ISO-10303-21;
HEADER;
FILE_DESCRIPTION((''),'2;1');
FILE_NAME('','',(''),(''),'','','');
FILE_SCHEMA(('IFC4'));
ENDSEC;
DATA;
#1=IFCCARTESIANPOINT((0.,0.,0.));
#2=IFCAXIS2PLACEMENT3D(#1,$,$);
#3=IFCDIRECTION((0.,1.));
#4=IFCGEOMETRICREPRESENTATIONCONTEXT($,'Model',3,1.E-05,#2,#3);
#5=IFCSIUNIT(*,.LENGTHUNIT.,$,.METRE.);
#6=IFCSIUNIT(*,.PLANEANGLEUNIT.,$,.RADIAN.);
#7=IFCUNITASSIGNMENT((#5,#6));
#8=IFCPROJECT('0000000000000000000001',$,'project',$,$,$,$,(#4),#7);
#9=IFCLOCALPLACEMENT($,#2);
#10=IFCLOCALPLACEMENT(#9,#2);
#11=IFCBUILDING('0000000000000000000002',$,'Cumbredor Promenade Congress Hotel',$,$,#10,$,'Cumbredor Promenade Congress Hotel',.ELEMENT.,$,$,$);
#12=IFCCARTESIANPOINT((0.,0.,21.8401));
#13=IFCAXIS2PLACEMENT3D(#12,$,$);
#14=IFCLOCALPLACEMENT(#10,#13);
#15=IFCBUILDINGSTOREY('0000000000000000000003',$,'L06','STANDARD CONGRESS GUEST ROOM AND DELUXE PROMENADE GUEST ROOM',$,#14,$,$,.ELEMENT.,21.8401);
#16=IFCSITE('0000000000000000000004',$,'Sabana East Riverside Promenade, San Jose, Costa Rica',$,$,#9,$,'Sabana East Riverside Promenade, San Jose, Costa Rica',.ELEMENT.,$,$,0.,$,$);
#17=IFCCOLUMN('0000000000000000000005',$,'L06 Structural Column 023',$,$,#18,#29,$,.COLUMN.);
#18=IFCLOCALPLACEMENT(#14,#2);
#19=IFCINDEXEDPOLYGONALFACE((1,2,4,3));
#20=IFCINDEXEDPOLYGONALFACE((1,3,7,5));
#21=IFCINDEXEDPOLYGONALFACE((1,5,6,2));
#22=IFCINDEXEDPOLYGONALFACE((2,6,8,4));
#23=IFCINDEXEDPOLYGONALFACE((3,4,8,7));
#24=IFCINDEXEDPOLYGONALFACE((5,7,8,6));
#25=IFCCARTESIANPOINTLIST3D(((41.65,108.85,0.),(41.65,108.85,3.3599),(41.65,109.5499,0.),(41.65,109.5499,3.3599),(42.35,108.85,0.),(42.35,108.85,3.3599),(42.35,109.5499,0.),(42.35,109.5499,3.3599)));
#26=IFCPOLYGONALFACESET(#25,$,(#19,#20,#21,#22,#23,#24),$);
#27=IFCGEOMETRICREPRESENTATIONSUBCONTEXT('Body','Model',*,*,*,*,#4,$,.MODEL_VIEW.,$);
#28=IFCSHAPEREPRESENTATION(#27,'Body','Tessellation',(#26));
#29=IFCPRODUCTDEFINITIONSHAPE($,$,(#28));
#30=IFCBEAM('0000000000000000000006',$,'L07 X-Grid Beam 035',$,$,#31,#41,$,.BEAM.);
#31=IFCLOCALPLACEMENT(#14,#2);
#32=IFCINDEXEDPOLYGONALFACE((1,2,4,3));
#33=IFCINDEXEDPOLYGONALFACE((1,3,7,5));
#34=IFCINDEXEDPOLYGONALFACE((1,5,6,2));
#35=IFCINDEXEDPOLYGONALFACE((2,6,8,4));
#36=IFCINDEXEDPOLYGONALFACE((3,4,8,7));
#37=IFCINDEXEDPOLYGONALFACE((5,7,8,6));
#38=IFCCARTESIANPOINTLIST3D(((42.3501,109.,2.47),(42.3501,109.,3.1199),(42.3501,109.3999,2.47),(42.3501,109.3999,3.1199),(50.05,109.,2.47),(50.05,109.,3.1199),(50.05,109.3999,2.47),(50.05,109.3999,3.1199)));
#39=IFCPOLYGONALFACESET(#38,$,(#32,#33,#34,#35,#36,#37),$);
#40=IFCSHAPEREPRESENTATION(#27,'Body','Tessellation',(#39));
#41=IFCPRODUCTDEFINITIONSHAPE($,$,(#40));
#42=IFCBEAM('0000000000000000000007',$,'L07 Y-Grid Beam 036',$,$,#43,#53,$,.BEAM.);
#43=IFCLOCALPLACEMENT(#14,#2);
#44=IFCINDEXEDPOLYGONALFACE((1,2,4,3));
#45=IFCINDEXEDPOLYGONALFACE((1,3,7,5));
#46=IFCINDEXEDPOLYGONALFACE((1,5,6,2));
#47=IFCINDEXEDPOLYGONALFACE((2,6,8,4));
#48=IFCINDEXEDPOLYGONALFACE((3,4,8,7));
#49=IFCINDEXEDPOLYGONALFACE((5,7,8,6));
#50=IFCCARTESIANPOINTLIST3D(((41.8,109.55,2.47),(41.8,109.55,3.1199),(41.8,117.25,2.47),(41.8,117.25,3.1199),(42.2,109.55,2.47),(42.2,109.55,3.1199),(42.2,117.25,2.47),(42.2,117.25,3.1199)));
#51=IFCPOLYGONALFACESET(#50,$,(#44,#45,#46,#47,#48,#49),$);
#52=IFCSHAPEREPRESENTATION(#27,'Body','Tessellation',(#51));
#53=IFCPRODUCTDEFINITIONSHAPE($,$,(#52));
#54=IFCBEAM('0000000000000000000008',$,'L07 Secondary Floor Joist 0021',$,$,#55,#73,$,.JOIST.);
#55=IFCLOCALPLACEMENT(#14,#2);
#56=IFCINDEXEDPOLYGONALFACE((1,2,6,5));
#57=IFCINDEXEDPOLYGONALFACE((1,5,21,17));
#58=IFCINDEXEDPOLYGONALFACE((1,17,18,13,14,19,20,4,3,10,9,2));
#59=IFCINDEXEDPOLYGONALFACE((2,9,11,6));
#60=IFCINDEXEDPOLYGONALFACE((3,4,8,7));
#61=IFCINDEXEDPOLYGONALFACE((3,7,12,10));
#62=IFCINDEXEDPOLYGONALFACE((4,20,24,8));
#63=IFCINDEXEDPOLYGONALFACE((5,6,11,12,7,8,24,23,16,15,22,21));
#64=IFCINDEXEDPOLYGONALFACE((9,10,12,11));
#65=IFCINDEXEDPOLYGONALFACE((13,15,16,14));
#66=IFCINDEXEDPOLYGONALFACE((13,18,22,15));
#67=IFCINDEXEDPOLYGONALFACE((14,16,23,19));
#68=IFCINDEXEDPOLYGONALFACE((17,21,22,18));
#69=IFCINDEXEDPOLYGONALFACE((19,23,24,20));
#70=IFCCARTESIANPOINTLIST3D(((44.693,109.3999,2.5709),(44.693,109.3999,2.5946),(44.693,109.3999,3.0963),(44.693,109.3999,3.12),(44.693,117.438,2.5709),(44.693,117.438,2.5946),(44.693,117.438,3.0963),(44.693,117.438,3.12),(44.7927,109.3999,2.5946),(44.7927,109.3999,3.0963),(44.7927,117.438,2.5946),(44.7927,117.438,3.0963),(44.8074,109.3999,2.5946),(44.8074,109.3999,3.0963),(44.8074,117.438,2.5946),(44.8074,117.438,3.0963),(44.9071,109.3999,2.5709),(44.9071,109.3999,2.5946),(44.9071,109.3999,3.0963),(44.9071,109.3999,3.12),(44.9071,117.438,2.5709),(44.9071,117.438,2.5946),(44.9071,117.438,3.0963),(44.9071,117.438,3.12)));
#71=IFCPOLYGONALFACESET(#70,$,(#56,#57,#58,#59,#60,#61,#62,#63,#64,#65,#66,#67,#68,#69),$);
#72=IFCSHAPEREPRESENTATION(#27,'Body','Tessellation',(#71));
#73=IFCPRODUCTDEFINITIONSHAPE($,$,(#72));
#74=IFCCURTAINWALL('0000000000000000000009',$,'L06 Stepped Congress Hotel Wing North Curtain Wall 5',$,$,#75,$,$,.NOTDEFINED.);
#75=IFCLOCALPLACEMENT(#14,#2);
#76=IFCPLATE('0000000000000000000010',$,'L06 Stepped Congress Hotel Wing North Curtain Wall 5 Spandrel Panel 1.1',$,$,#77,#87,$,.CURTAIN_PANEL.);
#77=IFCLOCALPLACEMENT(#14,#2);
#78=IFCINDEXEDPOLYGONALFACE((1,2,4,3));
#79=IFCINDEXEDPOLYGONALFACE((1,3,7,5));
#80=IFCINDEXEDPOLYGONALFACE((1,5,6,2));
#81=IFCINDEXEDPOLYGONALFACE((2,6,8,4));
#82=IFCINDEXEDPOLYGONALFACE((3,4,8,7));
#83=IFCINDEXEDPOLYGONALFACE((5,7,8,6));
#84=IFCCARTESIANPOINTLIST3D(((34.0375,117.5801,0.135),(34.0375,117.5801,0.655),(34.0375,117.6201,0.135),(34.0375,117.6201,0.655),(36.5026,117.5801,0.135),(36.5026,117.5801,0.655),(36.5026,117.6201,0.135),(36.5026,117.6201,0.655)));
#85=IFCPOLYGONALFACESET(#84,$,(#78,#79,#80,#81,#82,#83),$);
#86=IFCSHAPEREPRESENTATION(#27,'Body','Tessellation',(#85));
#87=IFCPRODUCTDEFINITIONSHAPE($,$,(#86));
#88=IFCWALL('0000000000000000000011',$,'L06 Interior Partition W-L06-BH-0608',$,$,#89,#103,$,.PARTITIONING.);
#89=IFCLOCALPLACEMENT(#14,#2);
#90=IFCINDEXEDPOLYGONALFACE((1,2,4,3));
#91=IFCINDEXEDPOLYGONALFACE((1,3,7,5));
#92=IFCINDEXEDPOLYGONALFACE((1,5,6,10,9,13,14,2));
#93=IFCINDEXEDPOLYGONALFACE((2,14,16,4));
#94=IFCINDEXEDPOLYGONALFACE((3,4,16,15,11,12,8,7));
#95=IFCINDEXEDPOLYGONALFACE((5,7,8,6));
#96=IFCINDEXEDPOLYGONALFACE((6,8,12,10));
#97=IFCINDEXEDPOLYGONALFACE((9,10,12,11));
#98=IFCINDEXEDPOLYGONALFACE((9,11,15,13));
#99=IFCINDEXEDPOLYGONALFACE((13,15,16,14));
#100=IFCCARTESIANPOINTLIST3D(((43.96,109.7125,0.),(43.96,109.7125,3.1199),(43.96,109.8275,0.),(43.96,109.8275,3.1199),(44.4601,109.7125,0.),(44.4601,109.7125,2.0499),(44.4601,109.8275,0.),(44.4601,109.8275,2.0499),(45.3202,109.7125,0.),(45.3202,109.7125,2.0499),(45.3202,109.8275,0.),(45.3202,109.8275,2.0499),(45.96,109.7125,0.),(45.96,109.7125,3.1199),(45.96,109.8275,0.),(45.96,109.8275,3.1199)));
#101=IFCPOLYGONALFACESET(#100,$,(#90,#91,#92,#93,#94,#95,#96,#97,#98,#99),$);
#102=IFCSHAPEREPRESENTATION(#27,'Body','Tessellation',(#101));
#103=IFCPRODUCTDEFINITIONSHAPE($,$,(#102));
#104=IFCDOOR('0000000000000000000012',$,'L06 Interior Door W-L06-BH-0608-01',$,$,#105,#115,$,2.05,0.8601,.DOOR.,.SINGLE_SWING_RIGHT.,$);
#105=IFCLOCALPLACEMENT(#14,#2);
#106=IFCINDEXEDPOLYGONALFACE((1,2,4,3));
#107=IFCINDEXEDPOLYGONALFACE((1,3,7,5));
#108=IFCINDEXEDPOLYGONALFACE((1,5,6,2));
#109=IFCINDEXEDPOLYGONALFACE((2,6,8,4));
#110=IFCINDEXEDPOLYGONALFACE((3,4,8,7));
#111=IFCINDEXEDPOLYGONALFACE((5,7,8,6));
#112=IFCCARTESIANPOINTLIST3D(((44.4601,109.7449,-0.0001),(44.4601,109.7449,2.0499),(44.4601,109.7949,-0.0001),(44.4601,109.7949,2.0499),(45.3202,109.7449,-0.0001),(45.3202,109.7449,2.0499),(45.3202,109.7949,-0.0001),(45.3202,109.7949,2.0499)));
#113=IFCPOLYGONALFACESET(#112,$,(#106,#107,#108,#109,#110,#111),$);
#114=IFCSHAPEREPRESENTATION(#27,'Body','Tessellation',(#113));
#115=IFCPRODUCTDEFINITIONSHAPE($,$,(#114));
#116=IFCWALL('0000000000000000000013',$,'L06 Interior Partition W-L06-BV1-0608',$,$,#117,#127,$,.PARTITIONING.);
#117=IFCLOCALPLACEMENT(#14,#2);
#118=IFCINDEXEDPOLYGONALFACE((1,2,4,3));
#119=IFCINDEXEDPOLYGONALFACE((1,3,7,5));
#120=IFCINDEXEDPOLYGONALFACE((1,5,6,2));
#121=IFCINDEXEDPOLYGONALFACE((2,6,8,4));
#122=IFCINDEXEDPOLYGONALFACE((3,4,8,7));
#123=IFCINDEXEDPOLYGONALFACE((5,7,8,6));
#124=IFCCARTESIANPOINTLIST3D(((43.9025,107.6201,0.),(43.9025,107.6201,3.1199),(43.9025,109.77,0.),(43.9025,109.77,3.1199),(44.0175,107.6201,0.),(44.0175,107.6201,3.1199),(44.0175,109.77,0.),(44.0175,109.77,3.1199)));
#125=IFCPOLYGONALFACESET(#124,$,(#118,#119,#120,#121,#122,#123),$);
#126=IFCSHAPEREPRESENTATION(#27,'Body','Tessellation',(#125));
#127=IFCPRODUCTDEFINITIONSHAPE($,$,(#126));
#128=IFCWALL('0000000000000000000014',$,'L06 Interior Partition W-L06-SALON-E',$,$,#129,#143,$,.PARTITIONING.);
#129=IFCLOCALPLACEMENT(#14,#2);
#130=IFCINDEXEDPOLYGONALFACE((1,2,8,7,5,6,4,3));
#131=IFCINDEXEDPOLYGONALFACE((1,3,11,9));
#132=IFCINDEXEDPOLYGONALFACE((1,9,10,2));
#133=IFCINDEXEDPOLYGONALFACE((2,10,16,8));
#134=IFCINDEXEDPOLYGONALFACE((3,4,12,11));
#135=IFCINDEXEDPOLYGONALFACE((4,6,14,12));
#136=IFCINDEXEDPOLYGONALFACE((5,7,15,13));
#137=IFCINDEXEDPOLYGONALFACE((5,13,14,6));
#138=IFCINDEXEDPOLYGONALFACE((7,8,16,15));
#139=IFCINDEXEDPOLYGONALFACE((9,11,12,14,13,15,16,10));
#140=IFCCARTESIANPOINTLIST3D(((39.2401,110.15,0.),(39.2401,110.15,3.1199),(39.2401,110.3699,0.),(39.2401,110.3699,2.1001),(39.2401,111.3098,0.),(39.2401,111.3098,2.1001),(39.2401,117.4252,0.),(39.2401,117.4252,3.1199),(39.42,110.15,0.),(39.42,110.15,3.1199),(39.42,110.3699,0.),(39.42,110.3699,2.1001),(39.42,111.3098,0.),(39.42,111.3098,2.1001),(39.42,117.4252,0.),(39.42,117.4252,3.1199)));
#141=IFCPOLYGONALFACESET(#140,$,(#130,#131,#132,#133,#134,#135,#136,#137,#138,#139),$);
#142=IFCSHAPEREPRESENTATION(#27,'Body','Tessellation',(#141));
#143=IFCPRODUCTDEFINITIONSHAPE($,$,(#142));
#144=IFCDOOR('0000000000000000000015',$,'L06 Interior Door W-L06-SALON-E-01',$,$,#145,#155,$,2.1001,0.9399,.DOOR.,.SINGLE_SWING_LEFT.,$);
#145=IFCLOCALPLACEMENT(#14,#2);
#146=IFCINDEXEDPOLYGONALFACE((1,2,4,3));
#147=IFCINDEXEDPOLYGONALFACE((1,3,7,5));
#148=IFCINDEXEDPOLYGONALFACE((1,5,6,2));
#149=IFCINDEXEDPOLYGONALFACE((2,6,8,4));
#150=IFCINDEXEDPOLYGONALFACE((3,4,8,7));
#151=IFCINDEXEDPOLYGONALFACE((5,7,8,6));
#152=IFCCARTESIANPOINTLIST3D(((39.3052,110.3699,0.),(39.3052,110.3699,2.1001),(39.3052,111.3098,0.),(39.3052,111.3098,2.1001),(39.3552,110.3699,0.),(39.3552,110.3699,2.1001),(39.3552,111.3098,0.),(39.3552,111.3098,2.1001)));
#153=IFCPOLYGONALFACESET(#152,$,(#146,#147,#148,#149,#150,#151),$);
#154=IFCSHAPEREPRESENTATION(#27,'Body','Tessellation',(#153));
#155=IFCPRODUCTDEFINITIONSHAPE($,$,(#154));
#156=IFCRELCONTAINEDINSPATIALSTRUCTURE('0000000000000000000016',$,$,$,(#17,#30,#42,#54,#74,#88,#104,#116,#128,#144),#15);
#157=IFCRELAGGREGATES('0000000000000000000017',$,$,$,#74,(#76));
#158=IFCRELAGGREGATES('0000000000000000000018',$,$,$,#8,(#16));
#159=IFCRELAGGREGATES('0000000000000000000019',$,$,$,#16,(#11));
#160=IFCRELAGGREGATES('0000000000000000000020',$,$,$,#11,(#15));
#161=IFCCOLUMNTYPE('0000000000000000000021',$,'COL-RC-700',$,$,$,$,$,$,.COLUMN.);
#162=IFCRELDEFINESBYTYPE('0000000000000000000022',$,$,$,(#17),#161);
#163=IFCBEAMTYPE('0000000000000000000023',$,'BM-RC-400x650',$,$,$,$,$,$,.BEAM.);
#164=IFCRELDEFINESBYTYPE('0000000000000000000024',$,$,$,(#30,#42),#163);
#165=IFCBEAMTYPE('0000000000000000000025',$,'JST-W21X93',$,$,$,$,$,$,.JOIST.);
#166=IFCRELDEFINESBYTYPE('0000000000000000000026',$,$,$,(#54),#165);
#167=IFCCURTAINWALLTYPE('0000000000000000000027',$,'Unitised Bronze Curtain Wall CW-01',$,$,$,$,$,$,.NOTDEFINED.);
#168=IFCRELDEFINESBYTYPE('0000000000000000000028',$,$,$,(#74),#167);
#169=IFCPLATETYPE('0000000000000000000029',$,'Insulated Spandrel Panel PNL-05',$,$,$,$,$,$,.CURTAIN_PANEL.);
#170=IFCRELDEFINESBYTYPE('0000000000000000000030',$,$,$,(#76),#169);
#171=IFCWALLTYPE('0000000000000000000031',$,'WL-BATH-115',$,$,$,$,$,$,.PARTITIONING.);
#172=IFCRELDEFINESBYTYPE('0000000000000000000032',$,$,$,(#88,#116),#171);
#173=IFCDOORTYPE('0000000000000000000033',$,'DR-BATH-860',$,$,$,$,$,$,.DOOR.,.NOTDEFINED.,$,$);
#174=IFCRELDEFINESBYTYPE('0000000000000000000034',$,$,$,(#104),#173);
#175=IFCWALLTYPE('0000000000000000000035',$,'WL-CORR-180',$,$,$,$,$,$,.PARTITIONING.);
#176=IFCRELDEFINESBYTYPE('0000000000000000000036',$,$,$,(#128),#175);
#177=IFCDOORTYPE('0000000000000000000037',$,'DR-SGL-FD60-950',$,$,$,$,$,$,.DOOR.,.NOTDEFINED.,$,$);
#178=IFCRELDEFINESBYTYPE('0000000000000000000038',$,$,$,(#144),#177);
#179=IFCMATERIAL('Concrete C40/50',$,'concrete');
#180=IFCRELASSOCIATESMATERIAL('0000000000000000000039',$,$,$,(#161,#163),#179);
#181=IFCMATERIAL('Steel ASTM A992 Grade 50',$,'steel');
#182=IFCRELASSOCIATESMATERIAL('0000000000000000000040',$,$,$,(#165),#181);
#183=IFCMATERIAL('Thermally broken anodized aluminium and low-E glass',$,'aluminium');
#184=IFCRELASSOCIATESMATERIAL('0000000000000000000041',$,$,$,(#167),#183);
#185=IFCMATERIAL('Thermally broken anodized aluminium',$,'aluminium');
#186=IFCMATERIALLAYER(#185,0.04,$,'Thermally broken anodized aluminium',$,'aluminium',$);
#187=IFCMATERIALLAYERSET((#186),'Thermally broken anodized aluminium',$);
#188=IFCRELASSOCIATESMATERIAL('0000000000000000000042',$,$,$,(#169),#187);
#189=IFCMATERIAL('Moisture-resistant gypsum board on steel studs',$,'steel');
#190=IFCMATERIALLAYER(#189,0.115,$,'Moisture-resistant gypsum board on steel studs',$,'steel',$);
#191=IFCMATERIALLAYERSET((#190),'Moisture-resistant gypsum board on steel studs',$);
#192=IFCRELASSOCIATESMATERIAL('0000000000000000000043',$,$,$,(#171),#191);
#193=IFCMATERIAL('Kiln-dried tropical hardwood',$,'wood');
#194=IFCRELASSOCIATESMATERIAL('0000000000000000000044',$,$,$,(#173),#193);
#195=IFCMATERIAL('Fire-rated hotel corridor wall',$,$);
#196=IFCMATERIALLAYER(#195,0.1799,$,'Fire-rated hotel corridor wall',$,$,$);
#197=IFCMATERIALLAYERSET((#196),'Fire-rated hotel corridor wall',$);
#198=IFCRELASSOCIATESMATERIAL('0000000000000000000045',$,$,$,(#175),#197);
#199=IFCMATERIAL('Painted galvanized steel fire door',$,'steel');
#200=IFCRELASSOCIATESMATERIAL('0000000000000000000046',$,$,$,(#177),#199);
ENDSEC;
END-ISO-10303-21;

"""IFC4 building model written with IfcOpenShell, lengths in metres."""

from ifc_helpers import new_model, si_unit, direction, frame, frame_2d, origin, origin_2d, place, context, subcontext, project, spatial, rectangle, i_section, extrude, material, layer, layer_set, material_profile, profile_set, type_object, element, fill, aggregate, save


model = new_model("IFC4")

# Units and contexts
model_context = context("Model", 3, precision=1e-05, world=origin(), true_north=direction((0.0, 1.0)))
body_context = subcontext(model_context, "Body", "Model", "MODEL_VIEW")
ifc_project = project(units=[si_unit("LENGTHUNIT", "METRE"), si_unit("PLANEANGLEUNIT", "RADIAN")], contexts=[model_context])

# Site, building, storey
site_placement = place(None, origin())
site = spatial("IfcSite", under=ifc_project, at=site_placement, Name="Sabana East Riverside Promenade, San Jose, Costa Rica", LongName="Sabana East Riverside Promenade, San Jose, Costa Rica", CompositionType="ELEMENT", RefElevation=0.0)
building_placement = place(site_placement, origin())
building = spatial("IfcBuilding", under=site, at=building_placement, Name="Cumbredor Promenade Congress Hotel", LongName="Cumbredor Promenade Congress Hotel", CompositionType="ELEMENT")
storey_placement = place(building_placement, frame((0.0, 0.0, 21.8401)))
storey = spatial("IfcBuildingStorey", under=building, at=storey_placement, Name="L06", Description="STANDARD CONGRESS GUEST ROOM AND DELUXE PROMENADE GUEST ROOM", CompositionType="ELEMENT", Elevation=21.8401)

# Column
ifc_material_1 = material(Name="Concrete C40/50", Category="concrete")
ifc_material_profile_1 = material_profile(ifc_material_1, rectangle(XDim=0.7, YDim=0.7, at=origin_2d()), Name="RC 700x700")
ifc_profile_set_1 = profile_set([ifc_material_profile_1], Name="Concrete C40/50")
column_type = type_object("IfcColumnType", Name="COL-RC-700", PredefinedType="COLUMN", material=ifc_profile_set_1)
column_placement = place(storey_placement, frame((42.0, 109.2, 0.0), z_axis=(0.0, 0.0, 1.0), x_axis=(1.0, 0.0, 0.0)))
element("IfcColumn", 1, at=column_placement, inside=storey, type_object=column_type, Name="L06 Structural Column 023", PredefinedType="COLUMN", context=body_context, shape_type="SweptSolid", body=[
    extrude(rectangle(XDim=0.7, YDim=0.7, at=origin_2d()), origin(), (0.0, 0.0, 1.0), 3.3599),
])

# Beams
ifc_material_profile_2 = material_profile(ifc_material_1, rectangle(XDim=0.3999, YDim=0.6499, at=origin_2d()), Name="RC BEAM 400x650")
ifc_profile_set_2 = profile_set([ifc_material_profile_2], Name="Concrete C40/50")
beam_type_1 = type_object("IfcBeamType", Name="BM-RC-400x650", PredefinedType="BEAM", material=ifc_profile_set_2)
for number, where, z_axis, x_axis, name in (
    (2, (42.3501, 109.2, 2.7949), (1.0, 0.0, 0.0), (0.0, 1.0, 0.0), "L07 X-Grid Beam 035"),
    (3, (42.0, 109.55, 2.7949), (0.0, 1.0, 0.0), (-1.0, 0.0, 0.0), "L07 Y-Grid Beam 036"),
):
    element("IfcBeam", number, at=place(storey_placement, frame(where, z_axis=z_axis, x_axis=x_axis)), inside=storey, type_object=beam_type_1, Name=name, PredefinedType="BEAM", context=body_context, shape_type="SweptSolid", body=[
        extrude(rectangle(XDim=0.3999, YDim=0.6499, at=origin_2d()), origin(), (0.0, 0.0, 1.0), 7.7),
    ])
ifc_material_2 = material(Name="Steel ASTM A992 Grade 50", Category="steel")
ifc_material_profile_3 = material_profile(ifc_material_2, i_section(OverallWidth=0.2141, OverallDepth=0.5491, WebThickness=0.0146, FlangeThickness=0.0237, at=origin_2d()), Name="W21X93")
ifc_profile_set_3 = profile_set([ifc_material_profile_3], Name="Steel ASTM A992 Grade 50")
beam_type_2 = type_object("IfcBeamType", Name="JST-W21X93", PredefinedType="JOIST", material=ifc_profile_set_3)
beam_placement = place(storey_placement, frame((44.8, 109.3999, 2.8455), z_axis=(0.0, 1.0, 0.0), x_axis=(-1.0, 0.0, 0.0)))
element("IfcBeam", 4, at=beam_placement, inside=storey, type_object=beam_type_2, Name="L07 Secondary Floor Joist 0021", PredefinedType="JOIST", context=body_context, shape_type="SweptSolid", body=[
    extrude(i_section(OverallWidth=0.2141, OverallDepth=0.5491, WebThickness=0.0146, FlangeThickness=0.0237, at=origin_2d()), origin(), (0.0, 0.0, 1.0), 8.0381),
])

# Curtain wall, plate
ifc_material_3 = material(Name="Thermally broken anodized aluminium and low-E glass", Category="aluminium")
curtain_wall_type = type_object("IfcCurtainWallType", Name="Unitised Bronze Curtain Wall CW-01", PredefinedType="NOTDEFINED", material=ifc_material_3)
curtain_wall_placement = place(storey_placement, origin())
curtain_wall = element("IfcCurtainWall", 5, at=curtain_wall_placement, inside=storey, type_object=curtain_wall_type, Name="L06 Stepped Congress Hotel Wing North Curtain Wall 5", PredefinedType="NOTDEFINED")
ifc_material_4 = material(Name="Thermally broken anodized aluminium", Category="aluminium")
ifc_layer_1 = layer(ifc_material_4, 0.04, Name="Thermally broken anodized aluminium", Category="aluminium")
ifc_layer_set_1 = layer_set([ifc_layer_1], Name="Thermally broken anodized aluminium")
plate_type = type_object("IfcPlateType", Name="Insulated Spandrel Panel PNL-05", PredefinedType="CURTAIN_PANEL", material=ifc_layer_set_1)
plate_placement = place(storey_placement, frame((35.27, 117.6001, 0.135), z_axis=(0.0, 0.0, 1.0), x_axis=(1.0, 0.0, 0.0)))
plate = element("IfcPlate", 6, at=plate_placement, type_object=plate_type, Name="L06 Stepped Congress Hotel Wing North Curtain Wall 5 Spandrel Panel 1.1", PredefinedType="CURTAIN_PANEL", context=body_context, shape_type="SweptSolid", body=[
    extrude(rectangle(XDim=2.4651, YDim=0.04, at=origin_2d()), origin(), (0.0, 0.0, 1.0), 0.52),
])
aggregate(curtain_wall, [plate])

# Wall, opening, door
ifc_material_5 = material(Name="Moisture-resistant gypsum board on steel studs", Category="steel")
ifc_layer_2 = layer(ifc_material_5, 0.115, Name="Moisture-resistant gypsum board on steel studs", Category="steel")
ifc_layer_set_2 = layer_set([ifc_layer_2], Name="Moisture-resistant gypsum board on steel studs")
wall_type_1 = type_object("IfcWallType", Name="WL-BATH-115", PredefinedType="PARTITIONING", material=ifc_layer_set_2)
wall_1_placement = place(storey_placement, frame((43.96, 109.77, 0.0), z_axis=(0.0, 0.0, 1.0), x_axis=(1.0, 0.0, 0.0)))
wall_1 = element("IfcWall", 7, at=wall_1_placement, inside=storey, type_object=wall_type_1, Name="L06 Interior Partition W-L06-BH-0608", PredefinedType="PARTITIONING", context=body_context, shape_type="SweptSolid", body=[
    extrude(rectangle(XDim=2.0, YDim=0.115, at=frame_2d((1.0, 0.0))), origin(), (0.0, 0.0, 1.0), 3.1199),
])
opening_1_placement = place(wall_1_placement, frame((0.5, 0.0, 0.0)))
opening_1 = element("IfcOpeningElement", 8, at=opening_1_placement, cuts=wall_1, PredefinedType="OPENING", context=body_context, shape_type="SweptSolid", body=[
    extrude(rectangle(XDim=0.8601, YDim=2.05, at=frame_2d((0.4302, 1.0249))), frame((0.0, 0.0674, 0.0), z_axis=(0.0, -1.0, 0.0), x_axis=(1.0, 0.0, 0.0)), (0.0, 0.0, 1.0), 0.135),
])
ifc_material_6 = material(Name="Kiln-dried tropical hardwood", Category="wood")
door_type_1 = type_object("IfcDoorType", Name="DR-BATH-860", OperationType="NOTDEFINED", PredefinedType="DOOR", material=ifc_material_6)
door_1_placement = place(opening_1_placement, origin())
door_1 = element("IfcDoor", 9, at=door_1_placement, inside=storey, type_object=door_type_1, Name="L06 Interior Door W-L06-BH-0608-01", OperationType="SINGLE_SWING_RIGHT", OverallHeight=2.05, OverallWidth=0.8601, PredefinedType="DOOR", context=body_context, shape_type="SweptSolid", body=[
    extrude(rectangle(XDim=0.8601, YDim=2.05, at=frame_2d((0.4302, 1.0249))), frame((0.0, 0.0249, 0.0), z_axis=(0.0, -1.0, 0.0), x_axis=(1.0, 0.0, 0.0)), (0.0, 0.0, 1.0), 0.05),
])
fill(opening_1, door_1)

# Wall
wall_2_placement = place(storey_placement, frame((43.96, 107.6201, 0.0), z_axis=(0.0, 0.0, 1.0), x_axis=(0.0, 1.0, 0.0)))
element("IfcWall", 10, at=wall_2_placement, inside=storey, type_object=wall_type_1, Name="L06 Interior Partition W-L06-BV1-0608", PredefinedType="PARTITIONING", context=body_context, shape_type="SweptSolid", body=[
    extrude(rectangle(XDim=2.1499, YDim=0.115, at=frame_2d((1.075, 0.0))), origin(), (0.0, 0.0, 1.0), 3.1199),
])

# Wall, opening, door
ifc_material_7 = material(Name="Fire-rated hotel corridor wall")
ifc_layer_3 = layer(ifc_material_7, 0.1799, Name="Fire-rated hotel corridor wall")
ifc_layer_set_3 = layer_set([ifc_layer_3], Name="Fire-rated hotel corridor wall")
wall_type_2 = type_object("IfcWallType", Name="WL-CORR-180", PredefinedType="PARTITIONING", material=ifc_layer_set_3)
wall_3_placement = place(storey_placement, frame((39.3301, 110.1499, 0.0), z_axis=(0.0, 0.0, 1.0), x_axis=(0.0, 1.0, 0.0)))
wall_3 = element("IfcWall", 11, at=wall_3_placement, inside=storey, type_object=wall_type_2, Name="L06 Interior Partition W-L06-SALON-E", PredefinedType="PARTITIONING", context=body_context, shape_type="SweptSolid", body=[
    extrude(rectangle(XDim=7.2751, YDim=0.1799, at=frame_2d((3.6377, 0.0))), origin(), (0.0, 0.0, 1.0), 3.1199),
])
opening_2_placement = place(wall_3_placement, frame((0.22, 0.0, 0.0)))
opening_2 = element("IfcOpeningElement", 12, at=opening_2_placement, cuts=wall_3, PredefinedType="OPENING", context=body_context, shape_type="SweptSolid", body=[
    extrude(rectangle(XDim=0.9399, YDim=2.1001, at=frame_2d((0.47, 1.05))), frame((0.0, 0.1001, 0.0), z_axis=(0.0, -1.0, 0.0), x_axis=(1.0, 0.0, 0.0)), (0.0, 0.0, 1.0), 0.2),
])
ifc_material_8 = material(Name="Painted galvanized steel fire door", Category="steel")
door_type_2 = type_object("IfcDoorType", Name="DR-SGL-FD60-950", OperationType="NOTDEFINED", PredefinedType="DOOR", material=ifc_material_8)
door_2_placement = place(opening_2_placement, origin())
door_2 = element("IfcDoor", 13, at=door_2_placement, inside=storey, type_object=door_type_2, Name="L06 Interior Door W-L06-SALON-E-01", OperationType="SINGLE_SWING_LEFT", OverallHeight=2.1001, OverallWidth=0.9399, PredefinedType="DOOR", context=body_context, shape_type="SweptSolid", body=[
    extrude(rectangle(XDim=0.9399, YDim=2.1001, at=frame_2d((0.47, 1.05))), frame((0.0, 0.0249, 0.0), z_axis=(0.0, -1.0, 0.0), x_axis=(1.0, 0.0, 0.0)), (0.0, 0.0, 1.0), 0.05),
])
fill(opening_2, door_2)

save(model, "model.ifc")
